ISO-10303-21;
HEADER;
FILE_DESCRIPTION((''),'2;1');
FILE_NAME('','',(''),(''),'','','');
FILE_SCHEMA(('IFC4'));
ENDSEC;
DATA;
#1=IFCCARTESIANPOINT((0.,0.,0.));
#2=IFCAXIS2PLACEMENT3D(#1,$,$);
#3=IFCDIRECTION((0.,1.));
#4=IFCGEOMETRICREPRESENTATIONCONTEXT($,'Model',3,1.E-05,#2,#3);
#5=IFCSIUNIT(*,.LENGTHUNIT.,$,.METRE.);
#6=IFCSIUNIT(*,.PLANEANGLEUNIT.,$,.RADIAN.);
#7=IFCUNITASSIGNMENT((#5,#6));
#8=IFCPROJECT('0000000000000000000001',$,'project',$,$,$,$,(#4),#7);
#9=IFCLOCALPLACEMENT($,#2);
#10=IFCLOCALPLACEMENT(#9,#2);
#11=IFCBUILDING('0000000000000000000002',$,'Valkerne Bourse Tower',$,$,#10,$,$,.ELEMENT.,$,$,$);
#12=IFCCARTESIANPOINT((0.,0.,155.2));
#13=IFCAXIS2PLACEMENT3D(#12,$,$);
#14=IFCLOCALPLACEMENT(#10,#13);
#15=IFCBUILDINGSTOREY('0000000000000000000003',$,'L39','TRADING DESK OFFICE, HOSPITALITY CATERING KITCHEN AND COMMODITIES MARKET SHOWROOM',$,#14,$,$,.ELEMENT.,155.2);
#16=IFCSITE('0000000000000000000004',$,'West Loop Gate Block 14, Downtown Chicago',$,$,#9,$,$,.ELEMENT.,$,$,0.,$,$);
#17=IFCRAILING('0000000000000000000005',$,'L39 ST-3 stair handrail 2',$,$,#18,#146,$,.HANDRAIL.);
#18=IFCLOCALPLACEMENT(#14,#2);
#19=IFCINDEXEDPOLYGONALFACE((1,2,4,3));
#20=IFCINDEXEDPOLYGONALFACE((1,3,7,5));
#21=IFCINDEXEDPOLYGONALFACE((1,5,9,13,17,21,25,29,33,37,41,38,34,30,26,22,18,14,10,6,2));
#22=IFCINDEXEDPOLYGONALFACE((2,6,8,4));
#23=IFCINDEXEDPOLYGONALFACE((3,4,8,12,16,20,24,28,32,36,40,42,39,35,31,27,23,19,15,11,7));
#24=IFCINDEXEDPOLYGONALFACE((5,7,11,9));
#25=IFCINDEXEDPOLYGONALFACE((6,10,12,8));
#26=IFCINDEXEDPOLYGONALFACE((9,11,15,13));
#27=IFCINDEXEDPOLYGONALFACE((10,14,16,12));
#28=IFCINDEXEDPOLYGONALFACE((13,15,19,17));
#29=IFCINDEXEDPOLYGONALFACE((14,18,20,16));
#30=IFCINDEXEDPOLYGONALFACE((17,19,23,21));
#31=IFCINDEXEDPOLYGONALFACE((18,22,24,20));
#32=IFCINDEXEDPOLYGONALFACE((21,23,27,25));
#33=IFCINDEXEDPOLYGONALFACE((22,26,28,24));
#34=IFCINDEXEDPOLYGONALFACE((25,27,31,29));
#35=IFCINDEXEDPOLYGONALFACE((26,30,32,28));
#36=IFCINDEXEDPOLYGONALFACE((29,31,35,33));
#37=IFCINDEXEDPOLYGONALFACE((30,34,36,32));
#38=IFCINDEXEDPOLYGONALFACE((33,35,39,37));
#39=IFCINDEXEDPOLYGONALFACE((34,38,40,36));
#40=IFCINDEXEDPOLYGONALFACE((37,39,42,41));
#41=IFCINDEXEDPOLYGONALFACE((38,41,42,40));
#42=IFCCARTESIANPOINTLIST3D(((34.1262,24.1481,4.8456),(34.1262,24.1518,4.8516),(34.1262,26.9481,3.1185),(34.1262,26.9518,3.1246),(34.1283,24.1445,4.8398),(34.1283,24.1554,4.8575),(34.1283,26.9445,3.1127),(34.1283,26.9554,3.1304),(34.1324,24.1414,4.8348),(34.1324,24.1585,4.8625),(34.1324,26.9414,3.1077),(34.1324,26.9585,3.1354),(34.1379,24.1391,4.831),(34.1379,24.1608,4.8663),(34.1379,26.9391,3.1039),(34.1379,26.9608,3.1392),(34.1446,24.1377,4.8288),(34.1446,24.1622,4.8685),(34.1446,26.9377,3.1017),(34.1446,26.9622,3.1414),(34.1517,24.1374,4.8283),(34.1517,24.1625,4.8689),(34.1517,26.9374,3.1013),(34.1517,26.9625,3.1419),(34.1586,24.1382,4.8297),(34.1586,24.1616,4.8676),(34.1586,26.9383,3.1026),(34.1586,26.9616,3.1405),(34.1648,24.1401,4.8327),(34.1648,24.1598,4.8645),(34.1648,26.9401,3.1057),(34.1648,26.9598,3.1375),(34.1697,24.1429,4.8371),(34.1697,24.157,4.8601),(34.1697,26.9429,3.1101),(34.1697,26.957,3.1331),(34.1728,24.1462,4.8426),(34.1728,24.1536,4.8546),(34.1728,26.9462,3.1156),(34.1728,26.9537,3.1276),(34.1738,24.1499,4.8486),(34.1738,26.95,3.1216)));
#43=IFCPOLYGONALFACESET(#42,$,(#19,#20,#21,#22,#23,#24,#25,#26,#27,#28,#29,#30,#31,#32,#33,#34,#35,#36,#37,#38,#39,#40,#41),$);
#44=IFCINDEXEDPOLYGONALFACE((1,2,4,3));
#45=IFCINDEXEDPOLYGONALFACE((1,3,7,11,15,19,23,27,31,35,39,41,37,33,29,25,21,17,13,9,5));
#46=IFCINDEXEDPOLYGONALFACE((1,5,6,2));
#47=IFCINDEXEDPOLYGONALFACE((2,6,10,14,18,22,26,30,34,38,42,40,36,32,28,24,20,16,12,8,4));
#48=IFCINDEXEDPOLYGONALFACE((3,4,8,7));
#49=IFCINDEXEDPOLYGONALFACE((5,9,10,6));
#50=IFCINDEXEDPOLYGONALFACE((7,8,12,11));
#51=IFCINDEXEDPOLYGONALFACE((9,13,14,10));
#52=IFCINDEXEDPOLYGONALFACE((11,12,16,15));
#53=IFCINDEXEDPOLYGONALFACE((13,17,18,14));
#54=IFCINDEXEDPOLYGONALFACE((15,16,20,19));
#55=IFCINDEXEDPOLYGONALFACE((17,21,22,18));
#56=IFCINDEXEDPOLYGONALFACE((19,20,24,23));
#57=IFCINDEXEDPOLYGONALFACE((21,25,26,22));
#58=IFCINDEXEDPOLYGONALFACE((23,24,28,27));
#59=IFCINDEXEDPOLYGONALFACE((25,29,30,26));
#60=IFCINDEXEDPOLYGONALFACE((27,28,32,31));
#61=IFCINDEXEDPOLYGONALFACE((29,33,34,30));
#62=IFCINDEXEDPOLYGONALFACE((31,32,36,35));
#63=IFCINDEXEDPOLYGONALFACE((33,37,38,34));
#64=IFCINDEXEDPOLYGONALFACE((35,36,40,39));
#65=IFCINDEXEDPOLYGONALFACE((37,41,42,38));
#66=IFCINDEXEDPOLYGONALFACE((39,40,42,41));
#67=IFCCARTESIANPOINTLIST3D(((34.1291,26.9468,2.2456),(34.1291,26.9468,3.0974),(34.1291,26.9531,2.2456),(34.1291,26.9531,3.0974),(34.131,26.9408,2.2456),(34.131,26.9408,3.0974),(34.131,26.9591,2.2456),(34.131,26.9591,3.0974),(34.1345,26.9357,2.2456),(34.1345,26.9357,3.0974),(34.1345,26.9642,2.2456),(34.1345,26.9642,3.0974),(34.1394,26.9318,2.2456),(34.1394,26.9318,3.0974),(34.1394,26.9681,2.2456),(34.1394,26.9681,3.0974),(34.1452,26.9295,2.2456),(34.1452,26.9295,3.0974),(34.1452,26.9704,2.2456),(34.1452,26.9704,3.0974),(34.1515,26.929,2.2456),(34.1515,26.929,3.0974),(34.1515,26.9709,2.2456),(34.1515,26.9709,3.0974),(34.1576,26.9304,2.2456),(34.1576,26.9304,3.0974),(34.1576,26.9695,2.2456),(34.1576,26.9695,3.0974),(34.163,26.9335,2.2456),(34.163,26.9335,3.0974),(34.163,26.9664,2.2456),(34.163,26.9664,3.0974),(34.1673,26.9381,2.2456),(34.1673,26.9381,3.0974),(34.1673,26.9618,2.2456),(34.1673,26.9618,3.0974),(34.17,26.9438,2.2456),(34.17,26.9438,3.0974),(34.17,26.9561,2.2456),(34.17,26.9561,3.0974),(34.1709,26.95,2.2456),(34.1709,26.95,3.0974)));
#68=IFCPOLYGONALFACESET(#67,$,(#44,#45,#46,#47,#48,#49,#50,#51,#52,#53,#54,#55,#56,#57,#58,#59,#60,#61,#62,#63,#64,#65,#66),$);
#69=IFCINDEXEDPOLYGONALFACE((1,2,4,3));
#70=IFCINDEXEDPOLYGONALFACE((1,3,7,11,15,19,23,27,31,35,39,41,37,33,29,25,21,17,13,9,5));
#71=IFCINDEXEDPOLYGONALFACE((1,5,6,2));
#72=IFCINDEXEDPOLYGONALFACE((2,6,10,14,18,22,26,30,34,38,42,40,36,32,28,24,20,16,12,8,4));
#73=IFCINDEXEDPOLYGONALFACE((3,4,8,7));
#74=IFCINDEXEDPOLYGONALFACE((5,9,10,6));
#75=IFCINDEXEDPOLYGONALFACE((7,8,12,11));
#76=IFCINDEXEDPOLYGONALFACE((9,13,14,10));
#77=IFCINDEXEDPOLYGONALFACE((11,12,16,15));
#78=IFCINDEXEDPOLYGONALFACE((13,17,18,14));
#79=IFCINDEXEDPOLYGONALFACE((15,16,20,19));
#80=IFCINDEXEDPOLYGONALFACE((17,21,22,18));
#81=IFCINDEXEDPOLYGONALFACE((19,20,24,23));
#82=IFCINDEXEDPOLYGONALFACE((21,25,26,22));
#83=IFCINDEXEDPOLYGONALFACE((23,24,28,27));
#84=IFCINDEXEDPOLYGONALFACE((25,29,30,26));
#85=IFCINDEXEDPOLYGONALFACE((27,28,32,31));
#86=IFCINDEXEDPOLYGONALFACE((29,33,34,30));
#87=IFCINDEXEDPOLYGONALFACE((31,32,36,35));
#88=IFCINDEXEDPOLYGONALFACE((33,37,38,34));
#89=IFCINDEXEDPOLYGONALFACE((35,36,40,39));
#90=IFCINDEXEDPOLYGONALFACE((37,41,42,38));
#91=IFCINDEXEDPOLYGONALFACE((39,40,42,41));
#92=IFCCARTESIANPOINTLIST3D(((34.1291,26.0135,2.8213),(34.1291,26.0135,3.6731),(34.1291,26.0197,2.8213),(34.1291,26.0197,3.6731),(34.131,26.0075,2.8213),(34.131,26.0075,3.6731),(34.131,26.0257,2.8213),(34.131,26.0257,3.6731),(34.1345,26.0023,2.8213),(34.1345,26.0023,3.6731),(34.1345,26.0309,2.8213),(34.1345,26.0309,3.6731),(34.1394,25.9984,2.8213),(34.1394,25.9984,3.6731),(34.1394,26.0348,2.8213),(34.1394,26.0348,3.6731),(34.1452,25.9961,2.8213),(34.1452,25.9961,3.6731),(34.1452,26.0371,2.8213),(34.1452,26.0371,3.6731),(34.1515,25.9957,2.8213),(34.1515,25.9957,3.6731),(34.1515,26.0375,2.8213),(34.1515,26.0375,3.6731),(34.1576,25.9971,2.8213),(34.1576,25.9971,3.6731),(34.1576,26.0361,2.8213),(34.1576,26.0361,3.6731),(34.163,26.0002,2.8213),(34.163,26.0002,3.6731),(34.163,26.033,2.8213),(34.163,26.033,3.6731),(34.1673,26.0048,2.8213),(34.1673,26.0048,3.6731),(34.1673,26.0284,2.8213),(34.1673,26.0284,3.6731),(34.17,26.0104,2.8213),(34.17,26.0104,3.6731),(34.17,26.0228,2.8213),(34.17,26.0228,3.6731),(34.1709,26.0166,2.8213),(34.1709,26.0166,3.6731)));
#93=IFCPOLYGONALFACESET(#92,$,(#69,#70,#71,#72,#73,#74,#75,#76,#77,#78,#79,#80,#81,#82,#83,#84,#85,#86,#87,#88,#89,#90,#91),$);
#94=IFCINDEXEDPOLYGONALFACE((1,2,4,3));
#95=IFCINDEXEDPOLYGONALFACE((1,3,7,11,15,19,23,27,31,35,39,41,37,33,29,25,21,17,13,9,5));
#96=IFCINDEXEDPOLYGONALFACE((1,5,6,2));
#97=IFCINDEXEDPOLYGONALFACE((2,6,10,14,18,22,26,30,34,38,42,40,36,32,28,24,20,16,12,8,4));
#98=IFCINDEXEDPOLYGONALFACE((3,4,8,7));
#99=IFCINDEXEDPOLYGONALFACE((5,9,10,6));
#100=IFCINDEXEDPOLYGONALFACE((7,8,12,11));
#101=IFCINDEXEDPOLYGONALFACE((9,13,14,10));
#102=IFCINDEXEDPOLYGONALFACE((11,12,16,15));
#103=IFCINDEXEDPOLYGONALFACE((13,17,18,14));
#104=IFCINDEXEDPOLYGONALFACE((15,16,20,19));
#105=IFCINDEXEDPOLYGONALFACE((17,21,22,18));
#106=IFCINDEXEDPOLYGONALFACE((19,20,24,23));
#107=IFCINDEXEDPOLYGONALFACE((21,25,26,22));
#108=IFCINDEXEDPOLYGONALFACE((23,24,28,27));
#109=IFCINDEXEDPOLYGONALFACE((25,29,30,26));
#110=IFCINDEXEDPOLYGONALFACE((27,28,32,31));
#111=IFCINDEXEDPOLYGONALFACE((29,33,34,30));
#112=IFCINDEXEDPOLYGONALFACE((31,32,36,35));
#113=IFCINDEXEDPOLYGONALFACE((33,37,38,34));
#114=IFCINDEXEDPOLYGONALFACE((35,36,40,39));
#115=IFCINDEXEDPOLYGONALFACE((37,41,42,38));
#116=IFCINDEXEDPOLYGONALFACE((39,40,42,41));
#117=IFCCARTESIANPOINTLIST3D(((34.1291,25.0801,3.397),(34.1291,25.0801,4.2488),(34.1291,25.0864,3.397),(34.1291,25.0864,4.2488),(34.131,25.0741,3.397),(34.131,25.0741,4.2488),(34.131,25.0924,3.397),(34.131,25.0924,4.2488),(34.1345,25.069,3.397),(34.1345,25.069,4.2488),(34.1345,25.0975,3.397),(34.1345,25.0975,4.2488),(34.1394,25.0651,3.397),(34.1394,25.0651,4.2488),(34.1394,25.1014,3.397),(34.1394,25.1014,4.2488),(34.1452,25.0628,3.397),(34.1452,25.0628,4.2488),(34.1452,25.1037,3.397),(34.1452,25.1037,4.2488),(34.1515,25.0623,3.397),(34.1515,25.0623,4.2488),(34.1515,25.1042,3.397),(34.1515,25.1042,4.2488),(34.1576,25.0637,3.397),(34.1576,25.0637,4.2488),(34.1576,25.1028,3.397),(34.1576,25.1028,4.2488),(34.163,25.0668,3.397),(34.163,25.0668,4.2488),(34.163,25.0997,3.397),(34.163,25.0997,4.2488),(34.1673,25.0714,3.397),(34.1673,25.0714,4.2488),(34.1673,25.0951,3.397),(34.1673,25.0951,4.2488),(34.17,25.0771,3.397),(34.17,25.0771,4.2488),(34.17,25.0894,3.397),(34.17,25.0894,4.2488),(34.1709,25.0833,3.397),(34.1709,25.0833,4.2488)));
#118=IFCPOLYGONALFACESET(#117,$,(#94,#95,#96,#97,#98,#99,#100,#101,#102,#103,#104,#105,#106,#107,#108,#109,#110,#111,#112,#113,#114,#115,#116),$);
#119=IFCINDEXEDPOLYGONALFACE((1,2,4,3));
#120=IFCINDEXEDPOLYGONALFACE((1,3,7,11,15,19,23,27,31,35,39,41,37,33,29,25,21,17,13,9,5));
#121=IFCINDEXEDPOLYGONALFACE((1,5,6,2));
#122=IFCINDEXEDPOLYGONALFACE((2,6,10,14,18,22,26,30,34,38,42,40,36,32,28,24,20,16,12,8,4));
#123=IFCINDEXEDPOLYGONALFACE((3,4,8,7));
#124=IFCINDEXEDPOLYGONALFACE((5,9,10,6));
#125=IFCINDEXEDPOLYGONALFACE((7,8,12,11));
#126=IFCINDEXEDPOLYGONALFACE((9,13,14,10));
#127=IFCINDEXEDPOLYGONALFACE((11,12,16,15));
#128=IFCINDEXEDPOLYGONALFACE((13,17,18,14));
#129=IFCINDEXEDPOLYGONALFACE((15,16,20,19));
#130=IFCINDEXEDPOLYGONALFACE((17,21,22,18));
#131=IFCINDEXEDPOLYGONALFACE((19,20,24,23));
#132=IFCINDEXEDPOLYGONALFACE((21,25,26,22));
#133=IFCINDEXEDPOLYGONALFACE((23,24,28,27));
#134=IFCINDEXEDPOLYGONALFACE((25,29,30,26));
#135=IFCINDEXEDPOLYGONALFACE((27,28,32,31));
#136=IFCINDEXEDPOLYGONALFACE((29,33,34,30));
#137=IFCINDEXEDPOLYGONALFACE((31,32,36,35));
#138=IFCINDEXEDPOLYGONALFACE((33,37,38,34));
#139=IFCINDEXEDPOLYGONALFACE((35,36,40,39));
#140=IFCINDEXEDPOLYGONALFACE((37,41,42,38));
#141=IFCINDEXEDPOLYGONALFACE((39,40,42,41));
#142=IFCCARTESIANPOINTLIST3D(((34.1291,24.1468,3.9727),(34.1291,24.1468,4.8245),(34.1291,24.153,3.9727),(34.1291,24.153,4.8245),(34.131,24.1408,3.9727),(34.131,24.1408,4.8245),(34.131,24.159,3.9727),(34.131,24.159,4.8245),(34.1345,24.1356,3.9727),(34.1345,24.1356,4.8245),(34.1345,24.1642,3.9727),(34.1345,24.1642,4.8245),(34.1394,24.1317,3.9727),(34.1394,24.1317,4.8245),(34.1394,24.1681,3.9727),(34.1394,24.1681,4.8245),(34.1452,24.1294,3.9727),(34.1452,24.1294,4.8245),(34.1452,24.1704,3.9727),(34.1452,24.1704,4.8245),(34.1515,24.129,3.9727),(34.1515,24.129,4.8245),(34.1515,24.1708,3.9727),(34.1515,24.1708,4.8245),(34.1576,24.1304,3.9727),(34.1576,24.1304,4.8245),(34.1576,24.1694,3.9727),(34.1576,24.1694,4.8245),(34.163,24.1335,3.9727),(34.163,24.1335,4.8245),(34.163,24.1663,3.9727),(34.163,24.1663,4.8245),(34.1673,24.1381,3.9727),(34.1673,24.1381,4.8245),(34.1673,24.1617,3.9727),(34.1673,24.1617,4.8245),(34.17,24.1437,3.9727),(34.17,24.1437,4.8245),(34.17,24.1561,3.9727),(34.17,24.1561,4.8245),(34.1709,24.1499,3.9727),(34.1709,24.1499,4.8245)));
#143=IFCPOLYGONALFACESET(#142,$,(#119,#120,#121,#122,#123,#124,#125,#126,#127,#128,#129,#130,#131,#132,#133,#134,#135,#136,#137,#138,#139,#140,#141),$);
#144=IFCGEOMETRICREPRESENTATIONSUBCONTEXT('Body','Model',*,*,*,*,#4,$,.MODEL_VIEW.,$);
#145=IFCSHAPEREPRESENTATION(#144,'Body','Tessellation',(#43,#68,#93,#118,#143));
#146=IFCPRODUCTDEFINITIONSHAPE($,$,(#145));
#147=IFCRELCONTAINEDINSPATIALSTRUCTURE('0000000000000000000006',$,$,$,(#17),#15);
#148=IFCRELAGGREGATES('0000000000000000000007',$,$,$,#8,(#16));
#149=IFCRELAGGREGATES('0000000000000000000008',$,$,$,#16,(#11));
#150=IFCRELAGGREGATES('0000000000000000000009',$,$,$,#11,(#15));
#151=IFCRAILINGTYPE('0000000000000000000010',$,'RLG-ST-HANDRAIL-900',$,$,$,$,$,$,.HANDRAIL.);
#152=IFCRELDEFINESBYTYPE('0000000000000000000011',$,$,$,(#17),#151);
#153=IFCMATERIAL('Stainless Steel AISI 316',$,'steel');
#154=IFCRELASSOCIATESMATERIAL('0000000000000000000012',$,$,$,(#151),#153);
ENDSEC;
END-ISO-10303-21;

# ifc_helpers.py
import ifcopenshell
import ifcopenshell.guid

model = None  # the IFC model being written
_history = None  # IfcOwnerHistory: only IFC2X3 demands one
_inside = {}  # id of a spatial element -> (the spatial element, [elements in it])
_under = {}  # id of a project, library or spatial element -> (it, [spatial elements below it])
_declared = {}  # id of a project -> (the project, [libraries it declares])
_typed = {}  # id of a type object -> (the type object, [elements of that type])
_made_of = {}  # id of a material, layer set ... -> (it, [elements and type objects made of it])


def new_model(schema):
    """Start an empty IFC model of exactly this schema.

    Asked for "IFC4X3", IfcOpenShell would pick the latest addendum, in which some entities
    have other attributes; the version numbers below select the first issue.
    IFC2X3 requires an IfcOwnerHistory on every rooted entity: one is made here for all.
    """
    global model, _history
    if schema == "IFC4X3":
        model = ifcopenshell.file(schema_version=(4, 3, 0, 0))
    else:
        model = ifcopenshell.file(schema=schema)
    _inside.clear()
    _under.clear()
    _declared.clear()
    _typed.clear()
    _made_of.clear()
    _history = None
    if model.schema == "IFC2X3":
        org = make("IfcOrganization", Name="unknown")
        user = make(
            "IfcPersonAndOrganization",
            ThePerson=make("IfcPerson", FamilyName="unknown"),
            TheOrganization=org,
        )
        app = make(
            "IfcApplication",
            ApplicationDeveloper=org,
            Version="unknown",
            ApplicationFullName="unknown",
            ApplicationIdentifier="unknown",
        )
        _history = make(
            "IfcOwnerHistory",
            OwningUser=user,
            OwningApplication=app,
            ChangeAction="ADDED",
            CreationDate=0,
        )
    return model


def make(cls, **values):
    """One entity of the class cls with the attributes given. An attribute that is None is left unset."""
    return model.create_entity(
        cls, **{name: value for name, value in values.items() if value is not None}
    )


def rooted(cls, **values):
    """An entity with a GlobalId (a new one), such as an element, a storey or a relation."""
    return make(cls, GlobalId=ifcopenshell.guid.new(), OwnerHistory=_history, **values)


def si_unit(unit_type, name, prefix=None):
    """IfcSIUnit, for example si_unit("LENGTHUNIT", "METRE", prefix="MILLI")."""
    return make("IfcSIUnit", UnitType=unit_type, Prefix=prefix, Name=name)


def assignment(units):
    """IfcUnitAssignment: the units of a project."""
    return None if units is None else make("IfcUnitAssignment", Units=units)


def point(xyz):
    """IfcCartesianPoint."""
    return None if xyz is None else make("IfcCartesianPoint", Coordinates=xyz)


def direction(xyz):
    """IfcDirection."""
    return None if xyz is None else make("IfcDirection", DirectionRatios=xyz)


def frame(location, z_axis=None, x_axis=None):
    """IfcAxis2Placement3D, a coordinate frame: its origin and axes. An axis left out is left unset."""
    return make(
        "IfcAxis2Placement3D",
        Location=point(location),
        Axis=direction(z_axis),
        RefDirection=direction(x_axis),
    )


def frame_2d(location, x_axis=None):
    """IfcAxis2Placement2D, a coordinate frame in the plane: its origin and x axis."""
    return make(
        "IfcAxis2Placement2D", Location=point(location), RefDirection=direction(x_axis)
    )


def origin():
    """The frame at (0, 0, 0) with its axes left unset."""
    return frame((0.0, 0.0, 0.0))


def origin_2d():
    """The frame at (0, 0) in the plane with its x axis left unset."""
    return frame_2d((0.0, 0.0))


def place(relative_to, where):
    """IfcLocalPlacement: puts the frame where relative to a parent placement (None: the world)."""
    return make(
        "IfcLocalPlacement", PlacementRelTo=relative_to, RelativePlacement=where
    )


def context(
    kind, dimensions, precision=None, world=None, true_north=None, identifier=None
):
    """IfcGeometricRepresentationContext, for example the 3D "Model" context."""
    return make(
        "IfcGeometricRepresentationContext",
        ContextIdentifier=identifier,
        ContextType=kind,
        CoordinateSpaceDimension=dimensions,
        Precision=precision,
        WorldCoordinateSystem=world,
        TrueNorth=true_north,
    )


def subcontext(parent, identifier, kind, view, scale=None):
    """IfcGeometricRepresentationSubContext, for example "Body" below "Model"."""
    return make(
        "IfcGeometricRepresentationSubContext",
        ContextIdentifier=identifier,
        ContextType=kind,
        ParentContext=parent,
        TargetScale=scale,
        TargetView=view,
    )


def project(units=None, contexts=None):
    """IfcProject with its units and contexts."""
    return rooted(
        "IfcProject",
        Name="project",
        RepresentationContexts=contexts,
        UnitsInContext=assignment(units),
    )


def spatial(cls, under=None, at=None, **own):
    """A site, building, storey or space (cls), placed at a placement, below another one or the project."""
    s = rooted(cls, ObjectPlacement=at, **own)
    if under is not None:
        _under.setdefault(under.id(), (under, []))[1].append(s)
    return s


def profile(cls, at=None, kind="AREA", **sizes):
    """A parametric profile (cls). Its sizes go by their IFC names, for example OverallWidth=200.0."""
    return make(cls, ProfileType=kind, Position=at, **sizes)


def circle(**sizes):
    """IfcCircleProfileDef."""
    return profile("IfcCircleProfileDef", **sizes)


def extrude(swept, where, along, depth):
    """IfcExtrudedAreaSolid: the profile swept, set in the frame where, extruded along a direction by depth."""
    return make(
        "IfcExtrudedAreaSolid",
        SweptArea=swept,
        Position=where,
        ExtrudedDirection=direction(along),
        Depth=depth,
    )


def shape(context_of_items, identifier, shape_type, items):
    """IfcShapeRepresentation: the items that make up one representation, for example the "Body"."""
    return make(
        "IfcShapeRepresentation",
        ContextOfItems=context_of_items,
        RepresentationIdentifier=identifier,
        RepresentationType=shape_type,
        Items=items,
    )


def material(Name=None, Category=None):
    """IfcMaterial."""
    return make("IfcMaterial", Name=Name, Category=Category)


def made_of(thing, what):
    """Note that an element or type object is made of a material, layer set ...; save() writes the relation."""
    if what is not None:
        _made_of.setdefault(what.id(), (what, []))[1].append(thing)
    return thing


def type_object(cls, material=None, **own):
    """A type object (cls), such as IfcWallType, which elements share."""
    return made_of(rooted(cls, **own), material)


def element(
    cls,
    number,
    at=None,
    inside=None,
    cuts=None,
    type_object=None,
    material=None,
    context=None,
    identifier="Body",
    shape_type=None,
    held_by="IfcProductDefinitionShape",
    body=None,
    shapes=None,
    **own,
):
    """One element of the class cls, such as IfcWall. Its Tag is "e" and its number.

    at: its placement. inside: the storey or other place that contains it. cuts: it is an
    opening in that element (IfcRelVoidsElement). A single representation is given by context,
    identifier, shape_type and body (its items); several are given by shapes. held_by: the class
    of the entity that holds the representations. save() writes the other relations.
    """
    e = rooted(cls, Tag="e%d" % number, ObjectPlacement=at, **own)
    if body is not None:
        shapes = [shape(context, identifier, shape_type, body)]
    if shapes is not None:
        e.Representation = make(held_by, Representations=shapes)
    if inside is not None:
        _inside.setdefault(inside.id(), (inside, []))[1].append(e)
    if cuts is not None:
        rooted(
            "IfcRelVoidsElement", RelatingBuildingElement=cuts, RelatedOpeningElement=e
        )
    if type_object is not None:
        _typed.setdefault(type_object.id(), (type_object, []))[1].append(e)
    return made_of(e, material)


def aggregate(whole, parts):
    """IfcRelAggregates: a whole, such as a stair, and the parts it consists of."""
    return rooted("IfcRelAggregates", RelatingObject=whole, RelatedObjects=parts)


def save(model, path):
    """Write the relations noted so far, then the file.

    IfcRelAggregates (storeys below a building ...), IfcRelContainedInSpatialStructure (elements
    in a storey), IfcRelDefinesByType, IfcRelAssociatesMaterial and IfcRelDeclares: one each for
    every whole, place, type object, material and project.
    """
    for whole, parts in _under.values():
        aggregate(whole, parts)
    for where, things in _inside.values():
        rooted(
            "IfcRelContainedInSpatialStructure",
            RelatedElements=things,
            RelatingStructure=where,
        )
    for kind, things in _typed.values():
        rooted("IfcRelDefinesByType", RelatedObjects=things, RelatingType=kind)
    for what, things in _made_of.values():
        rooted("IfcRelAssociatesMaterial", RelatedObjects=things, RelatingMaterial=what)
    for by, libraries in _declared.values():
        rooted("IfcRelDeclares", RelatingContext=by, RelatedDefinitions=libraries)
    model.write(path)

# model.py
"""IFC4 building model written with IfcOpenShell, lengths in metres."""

from ifc_helpers import new_model, si_unit, direction, frame, origin, origin_2d, place, context, subcontext, project, spatial, circle, extrude, material, type_object, element, save


model = new_model("IFC4")

# Units and contexts
model_context = context("Model", 3, precision=1e-05, world=origin(), true_north=direction((0.0, 1.0)))
body_context = subcontext(model_context, "Body", "Model", "MODEL_VIEW")
ifc_project = project(units=[si_unit("LENGTHUNIT", "METRE"), si_unit("PLANEANGLEUNIT", "RADIAN")], contexts=[model_context])

# Site, building, storey
site_placement = place(None, origin())
site = spatial("IfcSite", under=ifc_project, at=site_placement, Name="West Loop Gate Block 14, Downtown Chicago", CompositionType="ELEMENT", RefElevation=0.0)
building_placement = place(site_placement, origin())
building = spatial("IfcBuilding", under=site, at=building_placement, Name="Valkerne Bourse Tower", CompositionType="ELEMENT")
storey_placement = place(building_placement, frame((0.0, 0.0, 155.2)))
storey = spatial("IfcBuildingStorey", under=building, at=storey_placement, Name="L39", Description="TRADING DESK OFFICE, HOSPITALITY CATERING KITCHEN AND COMMODITIES MARKET SHOWROOM", CompositionType="ELEMENT", Elevation=155.2)

# Railing
ifc_material_1 = material(Name="Stainless Steel AISI 316", Category="steel")
railing_type_1 = type_object("IfcRailingType", Name="RLG-ST-HANDRAIL-900", PredefinedType="HANDRAIL", material=ifc_material_1)
railing_1_placement = place(storey_placement, frame((34.1499, 26.95, 2.2456)))
element("IfcRailing", 1, at=railing_1_placement, inside=storey, type_object=railing_type_1, Name="L39 ST-3 stair handrail 2", PredefinedType="HANDRAIL", context=body_context, shape_type="SweptSolid", body=[
    extrude(circle(Radius=0.0239, at=origin_2d()), frame((0.0, 0.0, 0.876), z_axis=(0.0, -0.851123, 0.524967), x_axis=(1.0, 0.0, 0.0)), (0.0, 0.0, 1.0), 3.2898),
    extrude(circle(Radius=0.021, at=origin_2d()), origin(), (0.0, 0.0, 1.0), 0.8518),
    extrude(circle(Radius=0.021, at=origin_2d()), frame((0.0, -0.9333, 0.5757)), (0.0, 0.0, 1.0), 0.8518),
    extrude(circle(Radius=0.021, at=origin_2d()), frame((0.0, -1.8667, 1.1514)), (0.0, 0.0, 1.0), 0.8518),
    extrude(circle(Radius=0.021, at=origin_2d()), frame((0.0, -2.8, 1.7271)), (0.0, 0.0, 1.0), 0.8518),
])

save(model, "model.ifc")
